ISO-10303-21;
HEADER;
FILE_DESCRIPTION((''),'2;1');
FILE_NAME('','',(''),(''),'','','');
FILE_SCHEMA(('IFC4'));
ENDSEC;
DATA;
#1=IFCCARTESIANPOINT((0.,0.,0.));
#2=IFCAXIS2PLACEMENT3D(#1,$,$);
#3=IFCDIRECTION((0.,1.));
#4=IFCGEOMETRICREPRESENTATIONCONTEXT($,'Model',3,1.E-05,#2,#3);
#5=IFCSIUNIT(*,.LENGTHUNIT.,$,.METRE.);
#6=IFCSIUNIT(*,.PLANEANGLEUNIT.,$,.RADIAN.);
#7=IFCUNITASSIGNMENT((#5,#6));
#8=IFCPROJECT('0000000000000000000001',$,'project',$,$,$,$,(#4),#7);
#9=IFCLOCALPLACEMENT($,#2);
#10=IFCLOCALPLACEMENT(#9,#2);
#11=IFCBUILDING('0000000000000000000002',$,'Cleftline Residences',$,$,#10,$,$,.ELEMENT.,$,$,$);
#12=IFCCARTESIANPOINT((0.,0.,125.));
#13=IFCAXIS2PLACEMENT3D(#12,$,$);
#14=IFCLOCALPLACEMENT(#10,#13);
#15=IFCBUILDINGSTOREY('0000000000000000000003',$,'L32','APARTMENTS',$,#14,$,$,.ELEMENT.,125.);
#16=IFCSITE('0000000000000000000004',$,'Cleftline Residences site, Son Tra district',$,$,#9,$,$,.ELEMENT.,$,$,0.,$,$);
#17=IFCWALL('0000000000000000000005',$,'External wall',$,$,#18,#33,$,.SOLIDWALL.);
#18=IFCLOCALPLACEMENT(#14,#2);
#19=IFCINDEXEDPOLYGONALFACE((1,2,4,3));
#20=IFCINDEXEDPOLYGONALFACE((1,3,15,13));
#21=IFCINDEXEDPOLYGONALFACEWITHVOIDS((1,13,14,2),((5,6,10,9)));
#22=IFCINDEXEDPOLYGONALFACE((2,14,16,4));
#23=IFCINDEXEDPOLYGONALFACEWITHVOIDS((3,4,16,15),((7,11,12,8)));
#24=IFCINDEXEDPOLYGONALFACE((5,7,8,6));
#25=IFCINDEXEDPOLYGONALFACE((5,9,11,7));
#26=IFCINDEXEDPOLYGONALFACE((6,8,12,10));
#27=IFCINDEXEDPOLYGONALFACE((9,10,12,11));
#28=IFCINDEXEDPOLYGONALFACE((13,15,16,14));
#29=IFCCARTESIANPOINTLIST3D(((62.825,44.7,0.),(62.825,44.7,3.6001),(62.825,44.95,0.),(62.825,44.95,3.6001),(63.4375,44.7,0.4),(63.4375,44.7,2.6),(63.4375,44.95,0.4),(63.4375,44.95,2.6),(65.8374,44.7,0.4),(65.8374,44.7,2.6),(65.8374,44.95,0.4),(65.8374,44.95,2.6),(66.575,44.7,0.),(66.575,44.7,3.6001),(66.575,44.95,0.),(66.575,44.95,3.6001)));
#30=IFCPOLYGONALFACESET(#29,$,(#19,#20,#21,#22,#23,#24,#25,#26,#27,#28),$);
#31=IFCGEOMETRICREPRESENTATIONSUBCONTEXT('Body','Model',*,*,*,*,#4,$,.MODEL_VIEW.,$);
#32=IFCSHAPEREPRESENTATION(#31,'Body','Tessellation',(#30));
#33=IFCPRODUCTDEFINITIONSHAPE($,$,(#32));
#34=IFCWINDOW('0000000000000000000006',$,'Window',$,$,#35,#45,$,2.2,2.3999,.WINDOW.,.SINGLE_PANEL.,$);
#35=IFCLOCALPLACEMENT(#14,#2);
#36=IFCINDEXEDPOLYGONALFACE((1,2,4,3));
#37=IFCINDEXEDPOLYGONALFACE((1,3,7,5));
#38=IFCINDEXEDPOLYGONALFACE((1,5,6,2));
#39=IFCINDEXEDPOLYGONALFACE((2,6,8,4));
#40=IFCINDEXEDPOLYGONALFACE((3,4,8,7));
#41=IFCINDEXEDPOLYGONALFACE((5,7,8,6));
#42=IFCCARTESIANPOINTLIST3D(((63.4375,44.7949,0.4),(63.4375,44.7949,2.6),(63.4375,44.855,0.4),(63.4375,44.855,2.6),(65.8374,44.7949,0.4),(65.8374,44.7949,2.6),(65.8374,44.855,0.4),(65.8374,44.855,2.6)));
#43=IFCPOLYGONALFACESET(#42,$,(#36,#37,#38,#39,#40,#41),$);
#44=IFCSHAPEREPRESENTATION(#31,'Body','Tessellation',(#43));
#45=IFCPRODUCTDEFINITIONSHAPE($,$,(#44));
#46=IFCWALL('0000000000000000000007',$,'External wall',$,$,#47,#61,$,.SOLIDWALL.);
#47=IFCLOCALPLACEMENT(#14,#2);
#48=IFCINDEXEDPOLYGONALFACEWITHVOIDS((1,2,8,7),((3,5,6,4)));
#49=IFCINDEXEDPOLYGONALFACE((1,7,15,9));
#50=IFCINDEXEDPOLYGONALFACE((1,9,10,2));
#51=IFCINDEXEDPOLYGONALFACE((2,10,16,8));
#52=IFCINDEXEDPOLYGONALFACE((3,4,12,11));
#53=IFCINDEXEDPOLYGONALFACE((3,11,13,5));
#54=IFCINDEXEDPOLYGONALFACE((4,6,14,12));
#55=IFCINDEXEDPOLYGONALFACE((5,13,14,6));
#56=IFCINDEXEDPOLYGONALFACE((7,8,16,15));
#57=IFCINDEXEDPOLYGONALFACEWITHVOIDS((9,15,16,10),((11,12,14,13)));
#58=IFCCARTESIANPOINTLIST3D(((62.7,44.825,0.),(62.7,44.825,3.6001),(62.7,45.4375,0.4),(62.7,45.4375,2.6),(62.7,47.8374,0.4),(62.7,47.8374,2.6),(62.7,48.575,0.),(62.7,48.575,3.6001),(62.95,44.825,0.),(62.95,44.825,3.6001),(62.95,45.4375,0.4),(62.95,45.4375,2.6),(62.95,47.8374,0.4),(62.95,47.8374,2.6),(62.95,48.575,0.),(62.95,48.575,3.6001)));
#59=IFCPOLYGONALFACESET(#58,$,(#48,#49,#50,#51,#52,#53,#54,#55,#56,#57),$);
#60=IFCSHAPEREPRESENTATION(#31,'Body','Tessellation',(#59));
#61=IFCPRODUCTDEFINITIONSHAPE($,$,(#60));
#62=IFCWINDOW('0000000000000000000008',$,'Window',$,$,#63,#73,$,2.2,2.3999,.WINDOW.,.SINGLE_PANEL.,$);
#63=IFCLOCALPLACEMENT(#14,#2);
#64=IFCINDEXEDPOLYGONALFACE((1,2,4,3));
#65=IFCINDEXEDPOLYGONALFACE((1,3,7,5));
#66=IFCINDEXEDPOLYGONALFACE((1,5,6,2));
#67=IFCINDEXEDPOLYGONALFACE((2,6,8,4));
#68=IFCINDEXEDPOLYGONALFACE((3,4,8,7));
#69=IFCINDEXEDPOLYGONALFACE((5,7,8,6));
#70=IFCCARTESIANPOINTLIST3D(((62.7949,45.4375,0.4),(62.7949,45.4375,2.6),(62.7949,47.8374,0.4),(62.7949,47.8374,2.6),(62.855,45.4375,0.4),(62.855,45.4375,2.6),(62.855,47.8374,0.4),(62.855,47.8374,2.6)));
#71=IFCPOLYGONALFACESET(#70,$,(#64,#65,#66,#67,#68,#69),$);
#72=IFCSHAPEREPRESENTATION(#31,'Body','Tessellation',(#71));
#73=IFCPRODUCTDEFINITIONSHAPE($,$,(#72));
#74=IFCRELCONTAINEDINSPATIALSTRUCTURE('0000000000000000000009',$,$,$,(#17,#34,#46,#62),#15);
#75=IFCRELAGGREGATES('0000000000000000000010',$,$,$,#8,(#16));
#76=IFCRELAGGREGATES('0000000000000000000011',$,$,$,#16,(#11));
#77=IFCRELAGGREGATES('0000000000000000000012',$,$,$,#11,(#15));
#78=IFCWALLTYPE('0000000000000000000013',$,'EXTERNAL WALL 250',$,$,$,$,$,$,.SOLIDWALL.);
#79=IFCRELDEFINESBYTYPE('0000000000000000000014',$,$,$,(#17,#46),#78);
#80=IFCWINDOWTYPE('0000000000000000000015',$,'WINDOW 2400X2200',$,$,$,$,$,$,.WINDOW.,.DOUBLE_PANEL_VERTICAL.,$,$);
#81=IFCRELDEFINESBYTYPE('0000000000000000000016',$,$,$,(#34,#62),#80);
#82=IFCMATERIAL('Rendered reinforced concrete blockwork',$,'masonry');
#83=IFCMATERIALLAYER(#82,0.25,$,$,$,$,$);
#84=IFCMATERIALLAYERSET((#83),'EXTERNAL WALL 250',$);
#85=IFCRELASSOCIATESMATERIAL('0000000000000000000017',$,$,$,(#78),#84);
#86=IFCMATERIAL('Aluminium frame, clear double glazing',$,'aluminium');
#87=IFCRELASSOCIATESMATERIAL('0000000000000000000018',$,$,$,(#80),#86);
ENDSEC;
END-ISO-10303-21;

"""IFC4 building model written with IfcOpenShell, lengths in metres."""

from ifc_helpers import new_model, si_unit, direction, frame, frame_2d, origin, place, context, subcontext, project, spatial, rectangle, extrude, material, layer, layer_set, type_object, element, fill, save


model = new_model("IFC4")

# Units and contexts
model_context = context("Model", 3, precision=1e-05, world=origin(), true_north=direction((0.0, 1.0)))
body_context = subcontext(model_context, "Body", "Model", "MODEL_VIEW")
ifc_project = project(units=[si_unit("LENGTHUNIT", "METRE"), si_unit("PLANEANGLEUNIT", "RADIAN")], contexts=[model_context])

# Site, building, storey
site_placement = place(None, origin())
site = spatial("IfcSite", under=ifc_project, at=site_placement, Name="Cleftline Residences site, Son Tra district", CompositionType="ELEMENT", RefElevation=0.0)
building_placement = place(site_placement, origin())
building = spatial("IfcBuilding", under=site, at=building_placement, Name="Cleftline Residences", CompositionType="ELEMENT")
storey_placement = place(building_placement, frame((0.0, 0.0, 125.0)))
storey = spatial("IfcBuildingStorey", under=building, at=storey_placement, Name="L32", Description="APARTMENTS", CompositionType="ELEMENT", Elevation=125.0)

# Walls, openings, windows
ifc_material_1 = material(Name="Rendered reinforced concrete blockwork", Category="masonry")
ifc_layer_1 = layer(ifc_material_1, 0.25)
ifc_layer_set_1 = layer_set([ifc_layer_1], Name="EXTERNAL WALL 250")
wall_type_1 = type_object("IfcWallType", Name="EXTERNAL WALL 250", PredefinedType="SOLIDWALL", material=ifc_layer_set_1)
wall_1_placement = place(storey_placement, frame((66.575, 44.825, 0.0), z_axis=(0.0, 0.0, 1.0), x_axis=(-1.0, 0.0, 0.0)))
wall_1 = element("IfcWall", 1, at=wall_1_placement, inside=storey, type_object=wall_type_1, Name="External wall", PredefinedType="SOLIDWALL", context=body_context, shape_type="SweptSolid", body=[
    extrude(rectangle(XDim=3.75, YDim=0.25, at=frame_2d((1.875, 0.0))), origin(), (0.0, 0.0, 1.0), 3.6001),
])
opening_1_placement = place(wall_1_placement, frame((0.7375, 0.0, 0.3999)))
opening_1 = element("IfcOpeningElement", 2, at=opening_1_placement, cuts=wall_1, PredefinedType="OPENING", context=body_context, shape_type="SweptSolid", body=[
    extrude(rectangle(XDim=2.3999, YDim=2.2, at=frame_2d((1.2, 1.1001))), frame((0.0, 0.135, 0.0), z_axis=(0.0, -1.0, 0.0), x_axis=(1.0, 0.0, 0.0)), (0.0, 0.0, 1.0), 0.27),
])
ifc_material_2 = material(Name="Aluminium frame, clear double glazing", Category="aluminium")
window_type_1 = type_object("IfcWindowType", Name="WINDOW 2400X2200", PartitioningType="DOUBLE_PANEL_VERTICAL", PredefinedType="WINDOW", material=ifc_material_2)
window_1_placement = place(opening_1_placement, origin())
window_1 = element("IfcWindow", 3, at=window_1_placement, inside=storey, type_object=window_type_1, Name="Window", OverallHeight=2.2, OverallWidth=2.3999, PartitioningType="SINGLE_PANEL", PredefinedType="WINDOW", context=body_context, shape_type="SweptSolid", body=[
    extrude(rectangle(XDim=2.3999, YDim=2.2, at=frame_2d((1.2, 1.1001))), frame((0.0, 0.03, 0.0), z_axis=(0.0, -1.0, 0.0), x_axis=(1.0, 0.0, 0.0)), (0.0, 0.0, 1.0), 0.0601),
])
fill(opening_1, window_1)
wall_2_placement = place(storey_placement, frame((62.825, 44.825, 0.0), z_axis=(0.0, 0.0, 1.0), x_axis=(0.0, 1.0, 0.0)))
wall_2 = element("IfcWall", 4, at=wall_2_placement, inside=storey, type_object=wall_type_1, Name="External wall", PredefinedType="SOLIDWALL", context=body_context, shape_type="SweptSolid", body=[
    extrude(rectangle(XDim=3.75, YDim=0.25, at=frame_2d((1.875, 0.0))), origin(), (0.0, 0.0, 1.0), 3.6001),
])
opening_2_placement = place(wall_2_placement, frame((0.6125, 0.0, 0.3999)))
opening_2 = element("IfcOpeningElement", 5, at=opening_2_placement, cuts=wall_2, PredefinedType="OPENING", context=body_context, shape_type="SweptSolid", body=[
    extrude(rectangle(XDim=2.3999, YDim=2.2, at=frame_2d((1.2, 1.1001))), frame((0.0, 0.135, 0.0), z_axis=(0.0, -1.0, 0.0), x_axis=(1.0, 0.0, 0.0)), (0.0, 0.0, 1.0), 0.27),
])
window_2_placement = place(opening_2_placement, origin())
window_2 = element("IfcWindow", 6, at=window_2_placement, inside=storey, type_object=window_type_1, Name="Window", OverallHeight=2.2, OverallWidth=2.3999, PartitioningType="SINGLE_PANEL", PredefinedType="WINDOW", context=body_context, shape_type="SweptSolid", body=[
    extrude(rectangle(XDim=2.3999, YDim=2.2, at=frame_2d((1.2, 1.1001))), frame((0.0, 0.03, 0.0), z_axis=(0.0, -1.0, 0.0), x_axis=(1.0, 0.0, 0.0)), (0.0, 0.0, 1.0), 0.0601),
])
fill(opening_2, window_2)

save(model, "model.ifc")
